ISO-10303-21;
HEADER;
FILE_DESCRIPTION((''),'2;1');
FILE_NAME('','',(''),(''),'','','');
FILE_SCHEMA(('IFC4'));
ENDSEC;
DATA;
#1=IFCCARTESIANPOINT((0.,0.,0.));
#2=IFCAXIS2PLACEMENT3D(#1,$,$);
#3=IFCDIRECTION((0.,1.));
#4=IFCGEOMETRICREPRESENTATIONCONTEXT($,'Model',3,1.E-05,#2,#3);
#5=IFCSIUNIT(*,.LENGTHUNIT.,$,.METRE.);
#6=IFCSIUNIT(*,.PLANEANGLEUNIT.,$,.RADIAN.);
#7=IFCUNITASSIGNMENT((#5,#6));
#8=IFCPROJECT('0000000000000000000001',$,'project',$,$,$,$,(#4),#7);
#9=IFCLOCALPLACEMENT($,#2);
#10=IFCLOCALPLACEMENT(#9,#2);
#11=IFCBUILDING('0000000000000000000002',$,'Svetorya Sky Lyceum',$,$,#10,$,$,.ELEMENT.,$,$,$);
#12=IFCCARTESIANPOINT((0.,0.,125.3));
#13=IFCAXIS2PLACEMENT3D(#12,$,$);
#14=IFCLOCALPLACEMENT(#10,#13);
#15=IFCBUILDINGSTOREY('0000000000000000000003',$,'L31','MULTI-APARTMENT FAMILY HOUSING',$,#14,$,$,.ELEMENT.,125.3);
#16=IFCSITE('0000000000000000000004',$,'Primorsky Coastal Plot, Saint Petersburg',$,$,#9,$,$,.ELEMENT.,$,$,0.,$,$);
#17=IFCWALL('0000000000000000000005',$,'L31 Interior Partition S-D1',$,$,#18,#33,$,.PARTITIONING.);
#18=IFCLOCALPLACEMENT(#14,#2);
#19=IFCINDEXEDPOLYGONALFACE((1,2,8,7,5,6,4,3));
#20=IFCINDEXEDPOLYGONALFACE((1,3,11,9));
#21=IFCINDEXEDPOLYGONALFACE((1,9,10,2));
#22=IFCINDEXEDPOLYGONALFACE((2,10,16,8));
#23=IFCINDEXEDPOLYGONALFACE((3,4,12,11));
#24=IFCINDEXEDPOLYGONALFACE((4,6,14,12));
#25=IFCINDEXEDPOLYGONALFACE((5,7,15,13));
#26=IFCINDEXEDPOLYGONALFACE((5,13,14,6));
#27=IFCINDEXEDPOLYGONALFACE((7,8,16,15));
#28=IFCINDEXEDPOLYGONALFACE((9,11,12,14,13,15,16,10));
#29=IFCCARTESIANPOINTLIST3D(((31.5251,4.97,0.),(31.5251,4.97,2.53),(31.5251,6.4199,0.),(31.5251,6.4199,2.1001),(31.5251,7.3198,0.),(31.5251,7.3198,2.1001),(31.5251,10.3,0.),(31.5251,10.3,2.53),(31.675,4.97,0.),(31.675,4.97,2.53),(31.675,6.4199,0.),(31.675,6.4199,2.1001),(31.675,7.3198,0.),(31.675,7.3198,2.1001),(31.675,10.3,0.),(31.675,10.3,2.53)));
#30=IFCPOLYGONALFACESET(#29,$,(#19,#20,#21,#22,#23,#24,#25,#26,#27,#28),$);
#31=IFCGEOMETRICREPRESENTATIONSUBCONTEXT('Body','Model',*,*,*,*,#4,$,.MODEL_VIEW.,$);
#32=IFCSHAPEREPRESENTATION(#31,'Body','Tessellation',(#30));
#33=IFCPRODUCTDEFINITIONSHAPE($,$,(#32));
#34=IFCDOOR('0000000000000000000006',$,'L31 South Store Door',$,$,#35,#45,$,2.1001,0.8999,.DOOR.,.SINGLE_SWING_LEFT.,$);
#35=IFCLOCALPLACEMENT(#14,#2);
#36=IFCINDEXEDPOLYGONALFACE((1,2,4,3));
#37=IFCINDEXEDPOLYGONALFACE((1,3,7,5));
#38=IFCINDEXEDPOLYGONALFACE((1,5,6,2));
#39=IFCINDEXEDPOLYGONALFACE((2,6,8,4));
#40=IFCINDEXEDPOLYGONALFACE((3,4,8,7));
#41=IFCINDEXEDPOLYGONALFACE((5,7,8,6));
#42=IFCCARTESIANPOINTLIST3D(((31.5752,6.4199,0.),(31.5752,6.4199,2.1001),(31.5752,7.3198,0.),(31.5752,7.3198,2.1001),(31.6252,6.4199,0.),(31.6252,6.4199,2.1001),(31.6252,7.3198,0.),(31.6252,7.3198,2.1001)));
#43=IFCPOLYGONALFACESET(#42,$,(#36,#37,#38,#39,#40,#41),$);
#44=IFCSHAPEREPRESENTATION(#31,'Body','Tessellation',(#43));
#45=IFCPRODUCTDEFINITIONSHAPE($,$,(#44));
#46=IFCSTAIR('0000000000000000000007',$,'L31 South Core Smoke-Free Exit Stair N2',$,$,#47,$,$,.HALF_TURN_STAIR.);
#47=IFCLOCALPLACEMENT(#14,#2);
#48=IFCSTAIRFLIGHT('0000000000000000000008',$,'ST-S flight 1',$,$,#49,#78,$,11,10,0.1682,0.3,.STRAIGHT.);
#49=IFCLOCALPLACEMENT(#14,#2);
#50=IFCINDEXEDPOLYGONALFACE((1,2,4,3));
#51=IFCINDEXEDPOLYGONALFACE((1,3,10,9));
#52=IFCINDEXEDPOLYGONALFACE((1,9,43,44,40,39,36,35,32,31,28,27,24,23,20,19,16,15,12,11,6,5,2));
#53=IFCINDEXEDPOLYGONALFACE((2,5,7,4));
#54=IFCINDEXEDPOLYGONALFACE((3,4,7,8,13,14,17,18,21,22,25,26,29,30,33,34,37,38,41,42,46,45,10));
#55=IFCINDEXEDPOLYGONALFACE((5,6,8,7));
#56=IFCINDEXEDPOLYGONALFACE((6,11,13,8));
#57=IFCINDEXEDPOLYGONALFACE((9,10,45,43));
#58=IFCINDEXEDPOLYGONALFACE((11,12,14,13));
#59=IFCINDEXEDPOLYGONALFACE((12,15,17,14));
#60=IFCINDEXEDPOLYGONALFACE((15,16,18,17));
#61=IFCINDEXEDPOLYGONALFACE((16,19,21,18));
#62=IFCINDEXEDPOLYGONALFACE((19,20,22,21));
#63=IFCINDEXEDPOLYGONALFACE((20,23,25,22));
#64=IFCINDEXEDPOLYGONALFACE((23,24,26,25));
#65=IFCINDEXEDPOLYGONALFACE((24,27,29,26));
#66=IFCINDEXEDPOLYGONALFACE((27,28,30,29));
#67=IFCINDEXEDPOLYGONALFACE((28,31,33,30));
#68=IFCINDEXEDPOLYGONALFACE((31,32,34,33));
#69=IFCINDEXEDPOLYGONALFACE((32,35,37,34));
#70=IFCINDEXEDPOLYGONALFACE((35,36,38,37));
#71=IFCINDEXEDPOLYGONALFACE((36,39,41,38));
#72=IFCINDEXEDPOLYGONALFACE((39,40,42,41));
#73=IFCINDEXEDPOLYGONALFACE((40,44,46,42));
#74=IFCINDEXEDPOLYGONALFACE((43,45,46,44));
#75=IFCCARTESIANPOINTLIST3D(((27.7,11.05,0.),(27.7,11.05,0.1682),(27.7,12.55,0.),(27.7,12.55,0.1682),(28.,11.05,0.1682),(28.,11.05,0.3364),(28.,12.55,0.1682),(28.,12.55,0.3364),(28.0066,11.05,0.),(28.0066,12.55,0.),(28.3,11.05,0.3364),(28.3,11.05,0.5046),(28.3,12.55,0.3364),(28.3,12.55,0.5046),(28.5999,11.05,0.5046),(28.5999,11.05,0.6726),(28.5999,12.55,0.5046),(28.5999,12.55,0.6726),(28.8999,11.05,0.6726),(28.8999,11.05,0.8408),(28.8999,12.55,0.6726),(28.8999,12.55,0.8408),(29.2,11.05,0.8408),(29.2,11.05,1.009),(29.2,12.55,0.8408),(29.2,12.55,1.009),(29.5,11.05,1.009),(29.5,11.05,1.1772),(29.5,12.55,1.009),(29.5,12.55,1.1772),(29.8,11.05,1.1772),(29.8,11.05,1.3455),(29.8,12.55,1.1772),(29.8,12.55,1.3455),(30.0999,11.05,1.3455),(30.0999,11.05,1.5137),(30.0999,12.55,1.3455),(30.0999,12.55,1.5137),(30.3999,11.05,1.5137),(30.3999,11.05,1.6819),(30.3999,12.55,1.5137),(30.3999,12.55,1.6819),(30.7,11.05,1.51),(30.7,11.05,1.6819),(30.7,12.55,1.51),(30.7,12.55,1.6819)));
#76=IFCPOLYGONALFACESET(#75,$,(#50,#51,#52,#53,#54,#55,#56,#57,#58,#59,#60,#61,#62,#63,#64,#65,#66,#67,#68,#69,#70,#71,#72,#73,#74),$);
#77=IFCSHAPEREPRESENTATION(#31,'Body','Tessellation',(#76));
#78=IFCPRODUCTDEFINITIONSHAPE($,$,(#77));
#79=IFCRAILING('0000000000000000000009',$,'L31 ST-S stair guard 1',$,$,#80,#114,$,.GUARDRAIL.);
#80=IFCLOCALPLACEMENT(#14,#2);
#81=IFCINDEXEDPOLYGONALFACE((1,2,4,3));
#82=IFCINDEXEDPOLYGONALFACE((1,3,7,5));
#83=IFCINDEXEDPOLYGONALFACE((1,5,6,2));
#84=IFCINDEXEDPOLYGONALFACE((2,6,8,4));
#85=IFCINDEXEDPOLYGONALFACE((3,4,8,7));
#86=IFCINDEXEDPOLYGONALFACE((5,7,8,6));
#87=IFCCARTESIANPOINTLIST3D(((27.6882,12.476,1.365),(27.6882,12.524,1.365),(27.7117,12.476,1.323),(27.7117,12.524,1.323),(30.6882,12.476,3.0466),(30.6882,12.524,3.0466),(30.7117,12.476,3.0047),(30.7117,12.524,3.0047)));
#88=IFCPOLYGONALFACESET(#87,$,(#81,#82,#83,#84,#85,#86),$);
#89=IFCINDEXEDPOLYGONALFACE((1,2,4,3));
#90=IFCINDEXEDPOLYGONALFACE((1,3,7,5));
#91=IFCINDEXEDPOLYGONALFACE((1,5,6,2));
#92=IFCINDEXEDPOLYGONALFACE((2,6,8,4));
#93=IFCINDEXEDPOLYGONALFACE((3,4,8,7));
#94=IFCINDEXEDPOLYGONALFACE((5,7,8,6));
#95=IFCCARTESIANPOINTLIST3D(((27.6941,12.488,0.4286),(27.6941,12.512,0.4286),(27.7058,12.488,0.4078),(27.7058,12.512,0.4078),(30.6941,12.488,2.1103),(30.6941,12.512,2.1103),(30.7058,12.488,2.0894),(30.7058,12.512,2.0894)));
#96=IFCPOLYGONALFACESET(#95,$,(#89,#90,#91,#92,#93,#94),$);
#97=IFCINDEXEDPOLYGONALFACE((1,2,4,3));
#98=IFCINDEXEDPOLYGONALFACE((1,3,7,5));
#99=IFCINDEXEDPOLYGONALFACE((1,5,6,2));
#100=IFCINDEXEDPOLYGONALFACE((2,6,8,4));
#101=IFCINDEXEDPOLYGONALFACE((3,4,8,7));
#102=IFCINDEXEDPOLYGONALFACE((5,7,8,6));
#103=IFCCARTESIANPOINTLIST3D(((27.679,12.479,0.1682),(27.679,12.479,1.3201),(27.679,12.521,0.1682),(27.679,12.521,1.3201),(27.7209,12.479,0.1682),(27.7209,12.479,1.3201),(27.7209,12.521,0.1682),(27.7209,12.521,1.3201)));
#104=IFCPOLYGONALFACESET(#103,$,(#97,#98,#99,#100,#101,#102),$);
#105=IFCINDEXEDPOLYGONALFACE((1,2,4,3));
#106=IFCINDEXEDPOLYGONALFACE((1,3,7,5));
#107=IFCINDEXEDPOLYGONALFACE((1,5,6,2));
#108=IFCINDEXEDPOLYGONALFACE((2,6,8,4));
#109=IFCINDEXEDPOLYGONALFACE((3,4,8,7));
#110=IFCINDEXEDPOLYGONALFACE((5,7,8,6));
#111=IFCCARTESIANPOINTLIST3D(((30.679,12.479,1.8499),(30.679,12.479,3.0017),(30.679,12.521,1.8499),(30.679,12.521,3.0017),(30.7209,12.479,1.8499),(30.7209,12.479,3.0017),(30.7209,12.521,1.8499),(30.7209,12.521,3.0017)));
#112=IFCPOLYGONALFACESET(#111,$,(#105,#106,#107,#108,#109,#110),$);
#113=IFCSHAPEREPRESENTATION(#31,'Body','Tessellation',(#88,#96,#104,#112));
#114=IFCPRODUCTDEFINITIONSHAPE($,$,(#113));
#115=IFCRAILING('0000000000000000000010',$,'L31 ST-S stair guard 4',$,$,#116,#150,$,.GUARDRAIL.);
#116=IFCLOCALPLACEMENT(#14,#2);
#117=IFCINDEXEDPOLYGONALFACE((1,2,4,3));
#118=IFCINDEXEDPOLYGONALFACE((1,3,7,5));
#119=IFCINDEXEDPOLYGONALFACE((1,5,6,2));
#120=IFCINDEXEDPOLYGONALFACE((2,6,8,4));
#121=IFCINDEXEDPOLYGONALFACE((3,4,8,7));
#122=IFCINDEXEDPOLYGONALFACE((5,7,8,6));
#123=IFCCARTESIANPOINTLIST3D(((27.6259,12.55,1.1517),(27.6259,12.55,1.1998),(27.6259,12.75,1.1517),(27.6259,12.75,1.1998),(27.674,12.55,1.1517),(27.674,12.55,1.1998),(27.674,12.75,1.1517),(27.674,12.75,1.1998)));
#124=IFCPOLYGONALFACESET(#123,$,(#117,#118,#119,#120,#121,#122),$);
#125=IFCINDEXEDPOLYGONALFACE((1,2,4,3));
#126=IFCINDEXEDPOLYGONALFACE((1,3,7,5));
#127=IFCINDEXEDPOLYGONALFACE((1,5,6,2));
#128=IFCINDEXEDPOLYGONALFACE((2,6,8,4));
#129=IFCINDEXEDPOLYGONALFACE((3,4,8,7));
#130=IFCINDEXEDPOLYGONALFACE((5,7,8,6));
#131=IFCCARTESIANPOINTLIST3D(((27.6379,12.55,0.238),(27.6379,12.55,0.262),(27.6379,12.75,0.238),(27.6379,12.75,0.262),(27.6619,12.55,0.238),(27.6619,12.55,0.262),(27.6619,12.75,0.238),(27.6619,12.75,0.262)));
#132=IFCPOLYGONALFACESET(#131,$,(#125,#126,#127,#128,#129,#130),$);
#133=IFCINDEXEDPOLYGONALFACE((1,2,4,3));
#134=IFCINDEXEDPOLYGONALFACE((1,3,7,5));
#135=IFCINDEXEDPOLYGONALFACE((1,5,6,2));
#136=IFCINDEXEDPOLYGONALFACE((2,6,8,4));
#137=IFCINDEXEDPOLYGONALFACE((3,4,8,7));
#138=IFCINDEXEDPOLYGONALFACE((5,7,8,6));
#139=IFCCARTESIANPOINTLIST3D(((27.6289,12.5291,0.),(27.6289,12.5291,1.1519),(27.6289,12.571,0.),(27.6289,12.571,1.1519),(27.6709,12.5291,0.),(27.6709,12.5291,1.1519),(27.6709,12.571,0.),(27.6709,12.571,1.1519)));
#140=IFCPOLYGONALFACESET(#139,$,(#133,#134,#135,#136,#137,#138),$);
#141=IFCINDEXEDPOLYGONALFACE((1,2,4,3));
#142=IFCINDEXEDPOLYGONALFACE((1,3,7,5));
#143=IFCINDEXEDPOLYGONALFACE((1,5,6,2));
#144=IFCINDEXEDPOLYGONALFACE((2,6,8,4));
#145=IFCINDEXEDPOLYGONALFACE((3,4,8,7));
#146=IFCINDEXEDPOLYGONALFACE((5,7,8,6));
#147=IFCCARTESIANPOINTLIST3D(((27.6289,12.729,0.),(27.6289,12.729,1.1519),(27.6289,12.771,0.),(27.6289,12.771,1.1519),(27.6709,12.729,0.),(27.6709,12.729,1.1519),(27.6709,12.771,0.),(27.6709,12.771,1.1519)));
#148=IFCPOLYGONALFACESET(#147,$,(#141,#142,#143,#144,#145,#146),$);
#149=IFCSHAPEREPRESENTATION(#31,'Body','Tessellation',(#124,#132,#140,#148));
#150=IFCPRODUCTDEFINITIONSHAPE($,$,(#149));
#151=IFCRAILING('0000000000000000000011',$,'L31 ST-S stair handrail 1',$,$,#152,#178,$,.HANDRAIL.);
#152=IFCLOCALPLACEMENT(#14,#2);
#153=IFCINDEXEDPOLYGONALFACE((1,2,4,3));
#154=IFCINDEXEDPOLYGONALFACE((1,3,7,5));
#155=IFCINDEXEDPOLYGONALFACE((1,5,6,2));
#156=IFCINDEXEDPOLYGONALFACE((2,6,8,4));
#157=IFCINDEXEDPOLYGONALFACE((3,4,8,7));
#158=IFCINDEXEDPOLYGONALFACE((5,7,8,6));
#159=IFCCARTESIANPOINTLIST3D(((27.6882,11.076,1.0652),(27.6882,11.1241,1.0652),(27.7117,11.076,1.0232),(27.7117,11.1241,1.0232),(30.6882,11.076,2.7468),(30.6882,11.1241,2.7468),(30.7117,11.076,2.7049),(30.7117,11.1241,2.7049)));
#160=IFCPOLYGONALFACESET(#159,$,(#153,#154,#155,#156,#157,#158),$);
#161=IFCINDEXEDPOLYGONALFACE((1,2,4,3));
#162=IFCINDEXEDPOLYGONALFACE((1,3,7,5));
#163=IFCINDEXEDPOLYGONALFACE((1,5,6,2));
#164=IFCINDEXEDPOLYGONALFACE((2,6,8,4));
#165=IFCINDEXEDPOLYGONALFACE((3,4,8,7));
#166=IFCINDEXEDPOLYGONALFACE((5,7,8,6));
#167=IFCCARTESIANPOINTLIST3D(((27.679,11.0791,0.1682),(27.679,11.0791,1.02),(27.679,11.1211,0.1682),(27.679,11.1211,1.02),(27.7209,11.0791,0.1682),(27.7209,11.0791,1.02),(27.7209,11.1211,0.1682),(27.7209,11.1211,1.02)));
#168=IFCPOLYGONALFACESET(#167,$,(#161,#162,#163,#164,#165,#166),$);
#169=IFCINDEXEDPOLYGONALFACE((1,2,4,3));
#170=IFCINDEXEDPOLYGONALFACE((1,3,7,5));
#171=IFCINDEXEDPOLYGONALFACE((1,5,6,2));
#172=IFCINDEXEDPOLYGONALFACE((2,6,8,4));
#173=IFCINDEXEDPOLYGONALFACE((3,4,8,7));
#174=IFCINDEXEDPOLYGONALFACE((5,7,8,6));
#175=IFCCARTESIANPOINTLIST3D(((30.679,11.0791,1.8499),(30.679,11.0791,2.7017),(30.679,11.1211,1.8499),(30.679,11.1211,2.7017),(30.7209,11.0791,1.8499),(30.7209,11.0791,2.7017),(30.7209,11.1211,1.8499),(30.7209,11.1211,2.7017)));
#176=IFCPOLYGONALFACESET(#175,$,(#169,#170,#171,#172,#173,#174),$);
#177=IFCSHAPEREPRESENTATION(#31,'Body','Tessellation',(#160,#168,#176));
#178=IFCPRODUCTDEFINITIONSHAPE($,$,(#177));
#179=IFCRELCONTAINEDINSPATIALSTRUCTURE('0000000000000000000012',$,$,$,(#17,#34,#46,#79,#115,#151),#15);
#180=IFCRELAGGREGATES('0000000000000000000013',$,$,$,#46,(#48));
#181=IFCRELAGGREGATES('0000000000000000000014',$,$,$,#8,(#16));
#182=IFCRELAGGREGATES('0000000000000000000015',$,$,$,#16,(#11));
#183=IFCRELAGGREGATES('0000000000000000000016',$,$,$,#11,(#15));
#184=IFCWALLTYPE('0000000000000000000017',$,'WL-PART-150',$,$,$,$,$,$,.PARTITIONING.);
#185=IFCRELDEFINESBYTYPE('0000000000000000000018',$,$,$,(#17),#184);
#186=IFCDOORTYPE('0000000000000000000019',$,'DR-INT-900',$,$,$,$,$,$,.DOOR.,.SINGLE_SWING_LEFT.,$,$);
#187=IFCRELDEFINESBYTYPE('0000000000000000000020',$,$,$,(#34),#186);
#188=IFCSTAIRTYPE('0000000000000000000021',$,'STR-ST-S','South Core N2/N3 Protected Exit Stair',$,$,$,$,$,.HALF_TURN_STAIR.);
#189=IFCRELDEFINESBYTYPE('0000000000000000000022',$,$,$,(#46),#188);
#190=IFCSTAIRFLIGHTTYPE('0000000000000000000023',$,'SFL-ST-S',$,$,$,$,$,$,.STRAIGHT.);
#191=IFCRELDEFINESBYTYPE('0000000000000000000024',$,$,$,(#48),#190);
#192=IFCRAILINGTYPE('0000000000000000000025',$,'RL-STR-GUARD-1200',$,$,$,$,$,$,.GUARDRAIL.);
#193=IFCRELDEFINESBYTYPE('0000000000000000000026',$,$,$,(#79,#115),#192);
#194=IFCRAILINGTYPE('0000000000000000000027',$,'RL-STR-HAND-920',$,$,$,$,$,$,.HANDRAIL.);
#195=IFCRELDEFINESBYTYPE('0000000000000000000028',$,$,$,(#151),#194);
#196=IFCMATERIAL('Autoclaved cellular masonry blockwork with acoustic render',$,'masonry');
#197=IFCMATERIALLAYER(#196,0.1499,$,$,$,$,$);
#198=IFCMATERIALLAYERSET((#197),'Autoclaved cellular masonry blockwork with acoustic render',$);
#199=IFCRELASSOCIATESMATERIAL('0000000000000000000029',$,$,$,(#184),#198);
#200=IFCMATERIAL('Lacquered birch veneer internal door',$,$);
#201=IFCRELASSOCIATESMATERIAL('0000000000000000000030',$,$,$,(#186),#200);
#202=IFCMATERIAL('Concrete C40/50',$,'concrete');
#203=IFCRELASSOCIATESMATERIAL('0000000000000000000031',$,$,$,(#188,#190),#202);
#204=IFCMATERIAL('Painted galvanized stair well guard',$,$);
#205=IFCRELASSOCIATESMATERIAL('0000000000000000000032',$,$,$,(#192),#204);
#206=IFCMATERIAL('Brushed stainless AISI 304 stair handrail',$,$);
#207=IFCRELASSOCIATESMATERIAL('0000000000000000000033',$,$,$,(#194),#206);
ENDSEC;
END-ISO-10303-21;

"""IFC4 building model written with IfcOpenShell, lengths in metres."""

from ifc_helpers import new_model, si_unit, direction, frame, frame_2d, origin, origin_2d, place, context, subcontext, project, spatial, polyline, rectangle, outline, extrude, material, layer, layer_set, type_object, element, fill, aggregate, save


model = new_model("IFC4")

# Units and contexts
model_context = context("Model", 3, precision=1e-05, world=origin(), true_north=direction((0.0, 1.0)))
body_context = subcontext(model_context, "Body", "Model", "MODEL_VIEW")
ifc_project = project(units=[si_unit("LENGTHUNIT", "METRE"), si_unit("PLANEANGLEUNIT", "RADIAN")], contexts=[model_context])

# Site, building, storey
site_placement = place(None, origin())
site = spatial("IfcSite", under=ifc_project, at=site_placement, Name="Primorsky Coastal Plot, Saint Petersburg", CompositionType="ELEMENT", RefElevation=0.0)
building_placement = place(site_placement, origin())
building = spatial("IfcBuilding", under=site, at=building_placement, Name="Svetorya Sky Lyceum", CompositionType="ELEMENT")
storey_placement = place(building_placement, frame((0.0, 0.0, 125.3)))
storey = spatial("IfcBuildingStorey", under=building, at=storey_placement, Name="L31", Description="MULTI-APARTMENT FAMILY HOUSING", CompositionType="ELEMENT", Elevation=125.3)

# Shared definitions
ifc_material_1 = material(Name="Concrete C40/50", Category="concrete")

# Wall, opening, door
ifc_material_2 = material(Name="Autoclaved cellular masonry blockwork with acoustic render", Category="masonry")
ifc_layer_1 = layer(ifc_material_2, 0.1499)
ifc_layer_set_1 = layer_set([ifc_layer_1], Name="Autoclaved cellular masonry blockwork with acoustic render")
wall_type_1 = type_object("IfcWallType", Name="WL-PART-150", PredefinedType="PARTITIONING", material=ifc_layer_set_1)
wall_1_placement = place(storey_placement, frame((31.6001, 4.97, 0.0), z_axis=(0.0, 0.0, 1.0), x_axis=(0.0, 1.0, 0.0)))
wall_1 = element("IfcWall", 1, at=wall_1_placement, inside=storey, type_object=wall_type_1, Name="L31 Interior Partition S-D1", PredefinedType="PARTITIONING", context=body_context, shape_type="SweptSolid", body=[
    extrude(rectangle(XDim=5.3301, YDim=0.1499, at=frame_2d((2.665, 0.0))), origin(), (0.0, 0.0, 1.0), 2.53),
])
opening_placement = place(wall_1_placement, frame((1.45, 0.0, 0.0)))
opening = element("IfcOpeningElement", 2, at=opening_placement, cuts=wall_1, PredefinedType="OPENING", context=body_context, shape_type="SweptSolid", body=[
    extrude(rectangle(XDim=0.8999, YDim=2.1001, at=frame_2d((0.45, 1.05))), frame((0.0, 0.085, 0.0), z_axis=(0.0, -1.0, 0.0), x_axis=(1.0, 0.0, 0.0)), (0.0, 0.0, 1.0), 0.1699),
])
ifc_material_3 = material(Name="Lacquered birch veneer internal door")
door_type = type_object("IfcDoorType", Name="DR-INT-900", OperationType="SINGLE_SWING_LEFT", PredefinedType="DOOR", material=ifc_material_3)
door_placement = place(opening_placement, origin())
door = element("IfcDoor", 3, at=door_placement, inside=storey, type_object=door_type, Name="L31 South Store Door", OperationType="SINGLE_SWING_LEFT", OverallHeight=2.1001, OverallWidth=0.8999, PredefinedType="DOOR", context=body_context, shape_type="SweptSolid", body=[
    extrude(rectangle(XDim=0.8999, YDim=2.1001, at=frame_2d((0.45, 1.05))), frame((0.0, 0.0249, 0.0), z_axis=(0.0, -1.0, 0.0), x_axis=(1.0, 0.0, 0.0)), (0.0, 0.0, 1.0), 0.05),
])
fill(opening, door)

# Stair, stair flight
stair_type = type_object("IfcStairType", Name="STR-ST-S", Description="South Core N2/N3 Protected Exit Stair", PredefinedType="HALF_TURN_STAIR", material=ifc_material_1)
stair_placement = place(storey_placement, origin())
stair = element("IfcStair", 4, at=stair_placement, inside=storey, type_object=stair_type, Name="L31 South Core Smoke-Free Exit Stair N2", PredefinedType="HALF_TURN_STAIR")
stair_flight_type = type_object("IfcStairFlightType", Name="SFL-ST-S", PredefinedType="STRAIGHT", material=ifc_material_1)
stair_flight_placement = place(storey_placement, frame((27.7, 11.8, 0.0), z_axis=(0.0, 0.0, 1.0), x_axis=(1.0, 0.0, 0.0)))
stair_flight = element("IfcStairFlight", 5, at=stair_flight_placement, type_object=stair_flight_type, Name="ST-S flight 1", NumberOfRisers=11, NumberOfTreads=10, PredefinedType="STRAIGHT", RiserHeight=0.1682, TreadLength=0.3, context=body_context, shape_type="SweptSolid", body=[
    extrude(outline(polyline([(0.0, 0.0), (0.0, 0.1682), (0.3, 0.1682), (0.3, 0.3364), (0.6001, 0.3364), (0.6001, 0.5046), (0.8999, 0.5046), (0.8999, 0.6726), (1.2, 0.6726), (1.2, 0.8408), (1.5, 0.8408), (1.5, 1.009), (1.8, 1.009), (1.8, 1.1772), (2.1001, 1.1772), (2.1001, 1.3455), (2.3999, 1.3455), (2.3999, 1.5137), (2.7, 1.5137), (2.7, 1.6819), (3.0, 1.6819), (3.0, 1.8501), (3.0, 1.51), (0.3066, 0.0), (0.0, 0.0)])), frame((0.0, 0.75, 0.0), z_axis=(0.0, -1.0, 0.0), x_axis=(1.0, 0.0, 0.0)), (0.0, 0.0, 1.0), 1.5),
])
aggregate(stair, [stair_flight])

# Railings
ifc_material_4 = material(Name="Painted galvanized stair well guard")
railing_type_1 = type_object("IfcRailingType", Name="RL-STR-GUARD-1200", PredefinedType="GUARDRAIL", material=ifc_material_4)
railing_1_placement = place(storey_placement, frame((27.7, 12.5, 0.1682)))
element("IfcRailing", 6, at=railing_1_placement, inside=storey, type_object=railing_type_1, Name="L31 ST-S stair guard 1", PredefinedType="GUARDRAIL", context=body_context, shape_type="SweptSolid", body=[
    extrude(rectangle(XDim=0.0481, YDim=0.0481, at=origin_2d()), frame((0.0, 0.0, 1.1758), z_axis=(0.872303, 0.0, 0.488966), x_axis=(0.0, 1.0, 0.0)), (0.0, 0.0, 1.0), 3.4392),
    extrude(rectangle(XDim=0.0239, YDim=0.0239, at=origin_2d()), frame((0.0, 0.0, 0.25), z_axis=(0.872303, 0.0, 0.488966), x_axis=(0.0, 1.0, 0.0)), (0.0, 0.0, 1.0), 3.4392),
    extrude(rectangle(XDim=0.042, YDim=0.042, at=origin_2d()), origin(), (0.0, 0.0, 1.0), 1.1519),
    extrude(rectangle(XDim=0.042, YDim=0.042, at=origin_2d()), frame((3.0, 0.0, 1.6816)), (0.0, 0.0, 1.0), 1.1519),
])
railing_2_placement = place(storey_placement, frame((27.6499, 12.55, 0.0)))
element("IfcRailing", 7, at=railing_2_placement, inside=storey, type_object=railing_type_1, Name="L31 ST-S stair guard 4", PredefinedType="GUARDRAIL", context=body_context, shape_type="SweptSolid", body=[
    extrude(rectangle(XDim=0.0481, YDim=0.0481, at=origin_2d()), frame((0.0, 0.0, 1.1758), z_axis=(0.0, 1.0, 0.0), x_axis=(-1.0, 0.0, 0.0)), (0.0, 0.0, 1.0), 0.2),
    extrude(rectangle(XDim=0.0239, YDim=0.0239, at=origin_2d()), frame((0.0, 0.0, 0.25), z_axis=(0.0, 1.0, 0.0), x_axis=(-1.0, 0.0, 0.0)), (0.0, 0.0, 1.0), 0.2),
    extrude(rectangle(XDim=0.042, YDim=0.042, at=origin_2d()), origin(), (0.0, 0.0, 1.0), 1.1519),
    extrude(rectangle(XDim=0.042, YDim=0.042, at=origin_2d()), frame((0.0, 0.2, 0.0)), (0.0, 0.0, 1.0), 1.1519),
])
ifc_material_5 = material(Name="Brushed stainless AISI 304 stair handrail")
railing_type_2 = type_object("IfcRailingType", Name="RL-STR-HAND-920", PredefinedType="HANDRAIL", material=ifc_material_5)
railing_3_placement = place(storey_placement, frame((27.7, 11.1001, 0.1682)))
element("IfcRailing", 8, at=railing_3_placement, inside=storey, type_object=railing_type_2, Name="L31 ST-S stair handrail 1", PredefinedType="HANDRAIL", context=body_context, shape_type="SweptSolid", body=[
    extrude(rectangle(XDim=0.0481, YDim=0.0481, at=origin_2d()), frame((0.0, 0.0, 0.876), z_axis=(0.872303, 0.0, 0.488966), x_axis=(0.0, 1.0, 0.0)), (0.0, 0.0, 1.0), 3.4392),
    extrude(rectangle(XDim=0.042, YDim=0.042, at=origin_2d()), origin(), (0.0, 0.0, 1.0), 0.8518),
    extrude(rectangle(XDim=0.042, YDim=0.042, at=origin_2d()), frame((3.0, 0.0, 1.6816)), (0.0, 0.0, 1.0), 0.8518),
])

save(model, "model.ifc")
